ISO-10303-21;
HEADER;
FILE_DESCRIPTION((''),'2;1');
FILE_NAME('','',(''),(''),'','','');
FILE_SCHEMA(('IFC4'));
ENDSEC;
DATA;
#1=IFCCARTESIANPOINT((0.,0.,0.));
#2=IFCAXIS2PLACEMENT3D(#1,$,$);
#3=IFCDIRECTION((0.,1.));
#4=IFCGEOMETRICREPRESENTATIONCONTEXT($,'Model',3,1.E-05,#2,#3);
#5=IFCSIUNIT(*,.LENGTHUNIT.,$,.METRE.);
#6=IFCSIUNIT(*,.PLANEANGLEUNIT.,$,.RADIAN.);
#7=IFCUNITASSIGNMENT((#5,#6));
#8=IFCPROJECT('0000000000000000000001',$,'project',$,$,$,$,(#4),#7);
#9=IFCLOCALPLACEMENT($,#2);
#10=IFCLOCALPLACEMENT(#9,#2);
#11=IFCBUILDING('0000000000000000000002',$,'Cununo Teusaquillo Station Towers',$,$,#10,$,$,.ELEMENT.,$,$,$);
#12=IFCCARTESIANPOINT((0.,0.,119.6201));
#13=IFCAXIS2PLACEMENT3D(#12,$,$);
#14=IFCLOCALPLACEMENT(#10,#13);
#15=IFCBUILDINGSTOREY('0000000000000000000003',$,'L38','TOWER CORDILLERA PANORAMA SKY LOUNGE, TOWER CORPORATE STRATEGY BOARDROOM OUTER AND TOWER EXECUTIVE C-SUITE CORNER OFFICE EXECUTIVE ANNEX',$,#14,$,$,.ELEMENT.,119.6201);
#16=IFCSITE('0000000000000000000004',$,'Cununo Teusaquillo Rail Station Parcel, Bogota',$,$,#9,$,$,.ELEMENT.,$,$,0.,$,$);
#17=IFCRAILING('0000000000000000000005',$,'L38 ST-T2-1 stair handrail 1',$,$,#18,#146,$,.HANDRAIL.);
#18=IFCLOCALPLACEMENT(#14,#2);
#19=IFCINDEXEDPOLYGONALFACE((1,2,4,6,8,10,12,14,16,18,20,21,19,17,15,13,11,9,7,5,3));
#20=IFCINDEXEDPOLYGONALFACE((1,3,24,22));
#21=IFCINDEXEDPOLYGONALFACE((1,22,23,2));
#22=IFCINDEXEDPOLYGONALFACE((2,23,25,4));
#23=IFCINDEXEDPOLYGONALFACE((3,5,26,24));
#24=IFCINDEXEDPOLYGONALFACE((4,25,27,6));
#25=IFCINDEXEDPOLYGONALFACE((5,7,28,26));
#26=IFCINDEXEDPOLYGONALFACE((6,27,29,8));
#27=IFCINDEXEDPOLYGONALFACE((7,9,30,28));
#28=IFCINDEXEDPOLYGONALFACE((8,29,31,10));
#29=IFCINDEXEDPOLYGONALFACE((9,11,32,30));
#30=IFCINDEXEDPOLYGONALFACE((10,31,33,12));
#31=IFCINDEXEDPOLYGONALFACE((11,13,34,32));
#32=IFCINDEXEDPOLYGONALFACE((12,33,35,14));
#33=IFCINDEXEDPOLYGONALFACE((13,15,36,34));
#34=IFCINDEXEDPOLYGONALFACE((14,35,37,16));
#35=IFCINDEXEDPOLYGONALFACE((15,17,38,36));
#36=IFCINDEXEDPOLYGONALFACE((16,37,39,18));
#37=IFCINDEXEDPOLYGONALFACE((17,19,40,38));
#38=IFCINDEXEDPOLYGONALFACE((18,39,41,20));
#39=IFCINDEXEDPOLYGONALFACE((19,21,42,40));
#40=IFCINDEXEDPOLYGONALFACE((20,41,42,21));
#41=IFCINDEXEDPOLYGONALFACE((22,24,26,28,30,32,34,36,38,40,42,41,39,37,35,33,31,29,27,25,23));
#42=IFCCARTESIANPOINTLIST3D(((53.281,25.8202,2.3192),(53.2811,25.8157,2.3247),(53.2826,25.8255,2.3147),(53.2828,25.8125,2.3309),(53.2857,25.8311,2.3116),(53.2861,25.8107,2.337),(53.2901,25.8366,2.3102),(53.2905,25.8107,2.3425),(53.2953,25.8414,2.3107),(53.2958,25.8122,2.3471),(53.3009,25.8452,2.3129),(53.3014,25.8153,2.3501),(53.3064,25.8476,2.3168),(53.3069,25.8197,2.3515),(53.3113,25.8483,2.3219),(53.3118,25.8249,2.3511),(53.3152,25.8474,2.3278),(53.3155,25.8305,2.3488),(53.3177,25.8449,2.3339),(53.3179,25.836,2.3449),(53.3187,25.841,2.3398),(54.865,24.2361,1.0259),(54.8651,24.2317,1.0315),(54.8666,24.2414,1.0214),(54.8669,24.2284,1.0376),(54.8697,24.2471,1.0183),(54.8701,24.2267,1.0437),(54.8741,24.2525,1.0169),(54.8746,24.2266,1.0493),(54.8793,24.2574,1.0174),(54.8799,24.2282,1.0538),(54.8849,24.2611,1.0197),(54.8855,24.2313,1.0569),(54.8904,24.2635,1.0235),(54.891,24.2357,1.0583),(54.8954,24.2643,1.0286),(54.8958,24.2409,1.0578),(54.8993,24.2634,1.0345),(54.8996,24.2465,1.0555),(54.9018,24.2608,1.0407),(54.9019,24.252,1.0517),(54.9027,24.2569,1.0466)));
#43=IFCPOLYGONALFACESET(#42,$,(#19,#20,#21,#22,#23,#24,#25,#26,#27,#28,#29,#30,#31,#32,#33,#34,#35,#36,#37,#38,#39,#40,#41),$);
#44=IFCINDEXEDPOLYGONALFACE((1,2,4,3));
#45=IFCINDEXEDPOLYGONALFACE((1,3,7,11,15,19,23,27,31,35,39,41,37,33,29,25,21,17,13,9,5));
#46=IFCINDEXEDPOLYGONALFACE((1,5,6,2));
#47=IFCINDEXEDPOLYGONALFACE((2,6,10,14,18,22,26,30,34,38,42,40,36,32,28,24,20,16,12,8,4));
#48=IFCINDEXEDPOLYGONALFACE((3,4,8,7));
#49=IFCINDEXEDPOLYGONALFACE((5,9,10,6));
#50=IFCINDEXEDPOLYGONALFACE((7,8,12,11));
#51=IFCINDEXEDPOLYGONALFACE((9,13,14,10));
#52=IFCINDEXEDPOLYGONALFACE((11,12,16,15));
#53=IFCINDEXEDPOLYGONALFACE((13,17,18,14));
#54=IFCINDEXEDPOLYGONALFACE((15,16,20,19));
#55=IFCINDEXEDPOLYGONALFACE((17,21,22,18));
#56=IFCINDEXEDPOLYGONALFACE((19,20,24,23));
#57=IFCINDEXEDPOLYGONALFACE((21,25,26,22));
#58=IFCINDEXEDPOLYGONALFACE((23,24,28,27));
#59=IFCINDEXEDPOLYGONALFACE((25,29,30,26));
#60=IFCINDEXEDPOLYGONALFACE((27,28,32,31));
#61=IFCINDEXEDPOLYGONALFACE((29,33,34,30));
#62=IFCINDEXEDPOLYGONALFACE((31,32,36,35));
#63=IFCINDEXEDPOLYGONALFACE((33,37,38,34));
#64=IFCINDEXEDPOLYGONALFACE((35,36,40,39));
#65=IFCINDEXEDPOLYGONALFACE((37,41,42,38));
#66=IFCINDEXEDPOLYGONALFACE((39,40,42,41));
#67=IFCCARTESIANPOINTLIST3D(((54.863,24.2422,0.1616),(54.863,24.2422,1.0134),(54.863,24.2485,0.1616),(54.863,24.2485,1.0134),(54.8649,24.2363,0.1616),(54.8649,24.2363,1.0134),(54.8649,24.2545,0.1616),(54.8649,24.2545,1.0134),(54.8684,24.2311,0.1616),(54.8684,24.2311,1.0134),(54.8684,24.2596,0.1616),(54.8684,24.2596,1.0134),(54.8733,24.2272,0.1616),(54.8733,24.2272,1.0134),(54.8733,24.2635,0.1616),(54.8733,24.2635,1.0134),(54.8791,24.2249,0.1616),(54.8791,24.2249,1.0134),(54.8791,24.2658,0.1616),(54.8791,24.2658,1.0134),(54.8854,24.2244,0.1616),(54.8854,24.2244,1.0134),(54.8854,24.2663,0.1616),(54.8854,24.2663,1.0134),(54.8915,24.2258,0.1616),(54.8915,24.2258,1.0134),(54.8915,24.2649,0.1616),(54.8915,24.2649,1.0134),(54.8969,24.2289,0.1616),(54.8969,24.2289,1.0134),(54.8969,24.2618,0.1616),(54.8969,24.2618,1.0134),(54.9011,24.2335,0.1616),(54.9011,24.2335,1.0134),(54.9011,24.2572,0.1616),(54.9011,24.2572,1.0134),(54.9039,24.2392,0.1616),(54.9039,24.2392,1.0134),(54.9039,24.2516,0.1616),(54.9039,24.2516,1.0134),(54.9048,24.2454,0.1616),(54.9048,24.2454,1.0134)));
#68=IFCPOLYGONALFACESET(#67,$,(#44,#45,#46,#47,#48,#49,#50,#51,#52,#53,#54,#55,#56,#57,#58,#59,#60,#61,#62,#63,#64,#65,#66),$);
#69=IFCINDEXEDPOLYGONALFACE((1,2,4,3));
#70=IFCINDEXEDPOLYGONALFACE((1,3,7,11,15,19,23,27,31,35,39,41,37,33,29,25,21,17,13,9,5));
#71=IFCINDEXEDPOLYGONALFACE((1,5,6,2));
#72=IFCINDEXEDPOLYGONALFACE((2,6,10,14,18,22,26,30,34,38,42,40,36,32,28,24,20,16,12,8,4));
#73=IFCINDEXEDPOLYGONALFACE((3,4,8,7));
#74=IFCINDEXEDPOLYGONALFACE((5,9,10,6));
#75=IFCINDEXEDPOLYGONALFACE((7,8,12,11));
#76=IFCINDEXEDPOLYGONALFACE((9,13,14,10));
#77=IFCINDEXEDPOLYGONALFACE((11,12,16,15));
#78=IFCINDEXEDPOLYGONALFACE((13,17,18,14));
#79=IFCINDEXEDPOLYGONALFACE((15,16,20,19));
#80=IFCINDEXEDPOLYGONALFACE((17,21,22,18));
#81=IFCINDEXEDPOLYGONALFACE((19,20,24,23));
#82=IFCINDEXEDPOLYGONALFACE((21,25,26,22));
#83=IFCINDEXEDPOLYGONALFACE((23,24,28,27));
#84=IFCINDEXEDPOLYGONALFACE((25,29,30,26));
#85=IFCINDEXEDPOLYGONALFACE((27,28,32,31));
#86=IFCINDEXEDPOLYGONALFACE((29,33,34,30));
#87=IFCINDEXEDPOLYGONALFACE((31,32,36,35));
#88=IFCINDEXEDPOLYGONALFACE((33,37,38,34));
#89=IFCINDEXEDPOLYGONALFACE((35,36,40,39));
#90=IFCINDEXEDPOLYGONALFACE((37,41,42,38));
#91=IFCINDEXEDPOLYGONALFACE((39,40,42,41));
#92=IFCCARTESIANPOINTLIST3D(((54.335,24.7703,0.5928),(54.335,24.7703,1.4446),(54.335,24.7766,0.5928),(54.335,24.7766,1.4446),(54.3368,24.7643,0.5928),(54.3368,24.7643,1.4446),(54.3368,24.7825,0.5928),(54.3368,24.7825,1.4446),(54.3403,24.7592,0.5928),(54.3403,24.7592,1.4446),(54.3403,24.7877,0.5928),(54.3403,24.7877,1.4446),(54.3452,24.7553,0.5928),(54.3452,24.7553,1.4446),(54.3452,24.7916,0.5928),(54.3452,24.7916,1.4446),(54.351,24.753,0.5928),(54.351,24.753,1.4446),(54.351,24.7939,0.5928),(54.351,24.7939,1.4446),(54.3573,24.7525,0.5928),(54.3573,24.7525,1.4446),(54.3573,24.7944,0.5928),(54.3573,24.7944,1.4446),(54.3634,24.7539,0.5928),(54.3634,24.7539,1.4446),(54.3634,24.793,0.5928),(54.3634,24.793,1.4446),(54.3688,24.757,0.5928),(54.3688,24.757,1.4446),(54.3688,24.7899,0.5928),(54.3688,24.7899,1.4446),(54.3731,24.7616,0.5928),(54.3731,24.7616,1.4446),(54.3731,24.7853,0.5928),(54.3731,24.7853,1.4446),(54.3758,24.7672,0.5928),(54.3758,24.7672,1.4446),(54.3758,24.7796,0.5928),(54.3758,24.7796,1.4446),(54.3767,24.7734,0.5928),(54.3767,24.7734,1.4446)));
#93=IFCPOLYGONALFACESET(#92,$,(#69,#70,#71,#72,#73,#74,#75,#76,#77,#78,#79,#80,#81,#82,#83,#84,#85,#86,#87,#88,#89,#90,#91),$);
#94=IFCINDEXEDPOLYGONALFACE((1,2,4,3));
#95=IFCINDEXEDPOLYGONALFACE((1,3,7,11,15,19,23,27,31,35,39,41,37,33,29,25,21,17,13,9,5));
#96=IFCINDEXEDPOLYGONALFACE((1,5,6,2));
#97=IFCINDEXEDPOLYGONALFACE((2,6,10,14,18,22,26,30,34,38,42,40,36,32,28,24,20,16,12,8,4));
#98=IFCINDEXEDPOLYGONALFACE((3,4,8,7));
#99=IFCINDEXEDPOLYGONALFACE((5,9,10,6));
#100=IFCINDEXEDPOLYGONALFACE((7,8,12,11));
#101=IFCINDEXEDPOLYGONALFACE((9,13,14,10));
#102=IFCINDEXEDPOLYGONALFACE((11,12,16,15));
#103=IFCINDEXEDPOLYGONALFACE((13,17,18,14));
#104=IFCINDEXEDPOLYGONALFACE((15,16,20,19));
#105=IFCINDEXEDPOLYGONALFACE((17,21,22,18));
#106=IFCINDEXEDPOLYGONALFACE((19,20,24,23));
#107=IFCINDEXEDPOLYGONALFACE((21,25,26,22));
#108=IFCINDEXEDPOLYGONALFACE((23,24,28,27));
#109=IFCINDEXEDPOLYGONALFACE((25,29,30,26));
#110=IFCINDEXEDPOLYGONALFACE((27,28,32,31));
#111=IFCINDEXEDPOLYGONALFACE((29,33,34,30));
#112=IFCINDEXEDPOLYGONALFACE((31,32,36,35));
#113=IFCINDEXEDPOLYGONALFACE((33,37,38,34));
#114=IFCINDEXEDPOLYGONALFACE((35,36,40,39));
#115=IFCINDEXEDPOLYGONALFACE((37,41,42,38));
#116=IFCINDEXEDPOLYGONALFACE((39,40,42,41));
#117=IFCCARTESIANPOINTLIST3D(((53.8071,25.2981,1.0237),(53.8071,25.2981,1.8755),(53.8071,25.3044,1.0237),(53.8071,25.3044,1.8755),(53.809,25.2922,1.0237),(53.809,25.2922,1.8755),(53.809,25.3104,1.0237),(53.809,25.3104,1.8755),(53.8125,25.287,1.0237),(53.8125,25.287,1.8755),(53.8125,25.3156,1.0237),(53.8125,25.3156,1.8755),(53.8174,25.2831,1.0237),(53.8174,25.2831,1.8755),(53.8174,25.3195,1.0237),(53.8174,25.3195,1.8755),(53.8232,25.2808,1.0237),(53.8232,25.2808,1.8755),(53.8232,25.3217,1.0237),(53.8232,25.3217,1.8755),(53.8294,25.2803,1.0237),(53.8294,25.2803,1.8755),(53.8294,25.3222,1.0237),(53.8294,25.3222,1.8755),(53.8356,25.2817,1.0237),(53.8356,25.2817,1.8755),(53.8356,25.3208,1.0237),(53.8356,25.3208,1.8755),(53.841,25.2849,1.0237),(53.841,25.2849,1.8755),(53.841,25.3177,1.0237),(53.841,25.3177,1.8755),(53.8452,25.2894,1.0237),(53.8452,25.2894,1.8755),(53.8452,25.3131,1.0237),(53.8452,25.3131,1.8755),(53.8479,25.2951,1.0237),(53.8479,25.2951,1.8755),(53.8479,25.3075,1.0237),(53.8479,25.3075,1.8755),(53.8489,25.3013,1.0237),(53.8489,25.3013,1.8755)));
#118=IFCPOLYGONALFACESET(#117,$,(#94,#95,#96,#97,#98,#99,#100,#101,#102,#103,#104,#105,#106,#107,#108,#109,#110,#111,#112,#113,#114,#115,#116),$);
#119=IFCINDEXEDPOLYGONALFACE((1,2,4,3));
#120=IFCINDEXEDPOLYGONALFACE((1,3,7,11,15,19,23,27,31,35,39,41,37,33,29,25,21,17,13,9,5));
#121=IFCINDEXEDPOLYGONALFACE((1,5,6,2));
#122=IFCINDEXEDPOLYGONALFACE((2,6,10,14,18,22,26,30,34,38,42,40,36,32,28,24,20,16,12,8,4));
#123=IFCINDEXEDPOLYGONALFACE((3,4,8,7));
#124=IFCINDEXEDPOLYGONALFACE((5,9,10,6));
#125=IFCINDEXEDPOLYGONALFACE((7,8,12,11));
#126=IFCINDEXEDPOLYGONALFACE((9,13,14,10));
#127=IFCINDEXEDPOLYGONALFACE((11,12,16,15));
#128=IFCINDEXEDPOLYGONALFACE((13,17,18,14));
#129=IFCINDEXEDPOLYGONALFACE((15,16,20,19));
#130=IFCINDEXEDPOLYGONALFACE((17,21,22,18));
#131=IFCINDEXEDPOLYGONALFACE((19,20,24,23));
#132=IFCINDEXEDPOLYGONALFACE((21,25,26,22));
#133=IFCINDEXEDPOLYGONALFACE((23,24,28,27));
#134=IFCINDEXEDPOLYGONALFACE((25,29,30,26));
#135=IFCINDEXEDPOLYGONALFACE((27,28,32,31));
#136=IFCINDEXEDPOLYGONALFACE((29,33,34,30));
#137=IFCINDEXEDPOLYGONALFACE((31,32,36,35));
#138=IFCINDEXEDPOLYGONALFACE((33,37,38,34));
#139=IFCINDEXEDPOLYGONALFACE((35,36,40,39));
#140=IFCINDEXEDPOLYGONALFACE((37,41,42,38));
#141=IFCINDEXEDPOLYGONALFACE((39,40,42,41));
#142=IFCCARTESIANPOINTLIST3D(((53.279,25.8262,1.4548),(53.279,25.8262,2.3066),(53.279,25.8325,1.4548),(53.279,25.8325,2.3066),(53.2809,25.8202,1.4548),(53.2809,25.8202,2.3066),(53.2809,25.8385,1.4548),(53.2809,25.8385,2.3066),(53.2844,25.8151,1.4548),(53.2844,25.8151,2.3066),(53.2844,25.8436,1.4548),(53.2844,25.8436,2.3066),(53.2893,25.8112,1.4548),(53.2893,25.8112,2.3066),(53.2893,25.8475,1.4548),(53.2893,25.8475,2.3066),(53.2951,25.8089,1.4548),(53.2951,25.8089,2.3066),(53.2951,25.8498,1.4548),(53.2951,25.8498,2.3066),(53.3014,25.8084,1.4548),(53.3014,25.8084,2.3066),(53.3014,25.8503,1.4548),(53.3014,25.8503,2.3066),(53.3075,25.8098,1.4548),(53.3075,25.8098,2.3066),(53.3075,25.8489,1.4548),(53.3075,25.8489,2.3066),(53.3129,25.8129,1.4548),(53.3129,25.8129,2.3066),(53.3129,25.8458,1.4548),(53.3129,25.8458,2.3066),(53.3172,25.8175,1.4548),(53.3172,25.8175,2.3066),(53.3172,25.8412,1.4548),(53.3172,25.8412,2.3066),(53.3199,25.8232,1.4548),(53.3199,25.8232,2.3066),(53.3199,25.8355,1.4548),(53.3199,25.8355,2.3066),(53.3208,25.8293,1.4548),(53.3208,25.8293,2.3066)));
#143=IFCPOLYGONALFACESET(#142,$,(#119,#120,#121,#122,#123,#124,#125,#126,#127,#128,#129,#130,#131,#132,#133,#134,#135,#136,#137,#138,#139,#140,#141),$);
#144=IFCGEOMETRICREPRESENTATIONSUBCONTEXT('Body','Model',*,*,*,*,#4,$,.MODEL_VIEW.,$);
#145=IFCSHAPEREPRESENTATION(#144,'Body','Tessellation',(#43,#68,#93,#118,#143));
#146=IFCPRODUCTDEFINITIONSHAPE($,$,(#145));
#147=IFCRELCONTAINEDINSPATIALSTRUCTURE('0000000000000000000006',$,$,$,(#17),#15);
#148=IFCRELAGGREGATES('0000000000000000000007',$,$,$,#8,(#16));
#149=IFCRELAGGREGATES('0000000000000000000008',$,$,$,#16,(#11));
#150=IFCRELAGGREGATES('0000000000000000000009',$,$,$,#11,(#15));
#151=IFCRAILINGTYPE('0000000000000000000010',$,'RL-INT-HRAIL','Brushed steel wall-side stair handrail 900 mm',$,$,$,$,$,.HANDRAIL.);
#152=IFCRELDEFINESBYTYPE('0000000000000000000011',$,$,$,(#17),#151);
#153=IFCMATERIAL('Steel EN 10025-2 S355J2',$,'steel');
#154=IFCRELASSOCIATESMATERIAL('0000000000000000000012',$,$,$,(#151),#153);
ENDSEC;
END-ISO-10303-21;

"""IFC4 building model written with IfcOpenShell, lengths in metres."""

from ifc_helpers import new_model, si_unit, direction, frame, origin, origin_2d, place, context, subcontext, project, spatial, circle, extrude, material, type_object, element, save


model = new_model("IFC4")

# Units and contexts
model_context = context("Model", 3, precision=1e-05, world=origin(), true_north=direction((0.0, 1.0)))
body_context = subcontext(model_context, "Body", "Model", "MODEL_VIEW")
ifc_project = project(units=[si_unit("LENGTHUNIT", "METRE"), si_unit("PLANEANGLEUNIT", "RADIAN")], contexts=[model_context])

# Site, building, storey
site_placement = place(None, origin())
site = spatial("IfcSite", under=ifc_project, at=site_placement, Name="Cununo Teusaquillo Rail Station Parcel, Bogota", CompositionType="ELEMENT", RefElevation=0.0)
building_placement = place(site_placement, origin())
building = spatial("IfcBuilding", under=site, at=building_placement, Name="Cununo Teusaquillo Station Towers", CompositionType="ELEMENT")
storey_placement = place(building_placement, frame((0.0, 0.0, 119.6201)))
storey = spatial("IfcBuildingStorey", under=building, at=storey_placement, Name="L38", Description="TOWER CORDILLERA PANORAMA SKY LOUNGE, TOWER CORPORATE STRATEGY BOARDROOM OUTER AND TOWER EXECUTIVE C-SUITE CORNER OFFICE EXECUTIVE ANNEX", CompositionType="ELEMENT", Elevation=119.6201)

# Railing
ifc_material_1 = material(Name="Steel EN 10025-2 S355J2", Category="steel")
railing_type_1 = type_object("IfcRailingType", Name="RL-INT-HRAIL", Description="Brushed steel wall-side stair handrail 900 mm", PredefinedType="HANDRAIL", material=ifc_material_1)
railing_1_placement = place(storey_placement, frame((54.8838, 24.2454, 0.1616)))
element("IfcRailing", 1, at=railing_1_placement, inside=storey, type_object=railing_type_1, Name="L38 ST-T2-1 stair handrail 1", PredefinedType="HANDRAIL", context=body_context, shape_type="SweptSolid", body=[
    extrude(circle(Radius=0.0239, at=origin_2d()), frame((0.0, 0.0, 0.876), z_axis=(-0.612385, 0.612385, 0.49997), x_axis=(-0.707107, -0.707107, 0.0)), (0.0, 0.0, 1.0), 2.5867),
    extrude(circle(Radius=0.021, at=origin_2d()), origin(), (0.0, 0.0, 1.0), 0.8518),
    extrude(circle(Radius=0.021, at=origin_2d()), frame((-0.5281, 0.5281, 0.4312)), (0.0, 0.0, 1.0), 0.8518),
    extrude(circle(Radius=0.021, at=origin_2d()), frame((-1.0559, 1.0559, 0.8621)), (0.0, 0.0, 1.0), 0.8518),
    extrude(circle(Radius=0.021, at=origin_2d()), frame((-1.584, 1.584, 1.2932)), (0.0, 0.0, 1.0), 0.8518),
])

save(model, "model.ifc")
